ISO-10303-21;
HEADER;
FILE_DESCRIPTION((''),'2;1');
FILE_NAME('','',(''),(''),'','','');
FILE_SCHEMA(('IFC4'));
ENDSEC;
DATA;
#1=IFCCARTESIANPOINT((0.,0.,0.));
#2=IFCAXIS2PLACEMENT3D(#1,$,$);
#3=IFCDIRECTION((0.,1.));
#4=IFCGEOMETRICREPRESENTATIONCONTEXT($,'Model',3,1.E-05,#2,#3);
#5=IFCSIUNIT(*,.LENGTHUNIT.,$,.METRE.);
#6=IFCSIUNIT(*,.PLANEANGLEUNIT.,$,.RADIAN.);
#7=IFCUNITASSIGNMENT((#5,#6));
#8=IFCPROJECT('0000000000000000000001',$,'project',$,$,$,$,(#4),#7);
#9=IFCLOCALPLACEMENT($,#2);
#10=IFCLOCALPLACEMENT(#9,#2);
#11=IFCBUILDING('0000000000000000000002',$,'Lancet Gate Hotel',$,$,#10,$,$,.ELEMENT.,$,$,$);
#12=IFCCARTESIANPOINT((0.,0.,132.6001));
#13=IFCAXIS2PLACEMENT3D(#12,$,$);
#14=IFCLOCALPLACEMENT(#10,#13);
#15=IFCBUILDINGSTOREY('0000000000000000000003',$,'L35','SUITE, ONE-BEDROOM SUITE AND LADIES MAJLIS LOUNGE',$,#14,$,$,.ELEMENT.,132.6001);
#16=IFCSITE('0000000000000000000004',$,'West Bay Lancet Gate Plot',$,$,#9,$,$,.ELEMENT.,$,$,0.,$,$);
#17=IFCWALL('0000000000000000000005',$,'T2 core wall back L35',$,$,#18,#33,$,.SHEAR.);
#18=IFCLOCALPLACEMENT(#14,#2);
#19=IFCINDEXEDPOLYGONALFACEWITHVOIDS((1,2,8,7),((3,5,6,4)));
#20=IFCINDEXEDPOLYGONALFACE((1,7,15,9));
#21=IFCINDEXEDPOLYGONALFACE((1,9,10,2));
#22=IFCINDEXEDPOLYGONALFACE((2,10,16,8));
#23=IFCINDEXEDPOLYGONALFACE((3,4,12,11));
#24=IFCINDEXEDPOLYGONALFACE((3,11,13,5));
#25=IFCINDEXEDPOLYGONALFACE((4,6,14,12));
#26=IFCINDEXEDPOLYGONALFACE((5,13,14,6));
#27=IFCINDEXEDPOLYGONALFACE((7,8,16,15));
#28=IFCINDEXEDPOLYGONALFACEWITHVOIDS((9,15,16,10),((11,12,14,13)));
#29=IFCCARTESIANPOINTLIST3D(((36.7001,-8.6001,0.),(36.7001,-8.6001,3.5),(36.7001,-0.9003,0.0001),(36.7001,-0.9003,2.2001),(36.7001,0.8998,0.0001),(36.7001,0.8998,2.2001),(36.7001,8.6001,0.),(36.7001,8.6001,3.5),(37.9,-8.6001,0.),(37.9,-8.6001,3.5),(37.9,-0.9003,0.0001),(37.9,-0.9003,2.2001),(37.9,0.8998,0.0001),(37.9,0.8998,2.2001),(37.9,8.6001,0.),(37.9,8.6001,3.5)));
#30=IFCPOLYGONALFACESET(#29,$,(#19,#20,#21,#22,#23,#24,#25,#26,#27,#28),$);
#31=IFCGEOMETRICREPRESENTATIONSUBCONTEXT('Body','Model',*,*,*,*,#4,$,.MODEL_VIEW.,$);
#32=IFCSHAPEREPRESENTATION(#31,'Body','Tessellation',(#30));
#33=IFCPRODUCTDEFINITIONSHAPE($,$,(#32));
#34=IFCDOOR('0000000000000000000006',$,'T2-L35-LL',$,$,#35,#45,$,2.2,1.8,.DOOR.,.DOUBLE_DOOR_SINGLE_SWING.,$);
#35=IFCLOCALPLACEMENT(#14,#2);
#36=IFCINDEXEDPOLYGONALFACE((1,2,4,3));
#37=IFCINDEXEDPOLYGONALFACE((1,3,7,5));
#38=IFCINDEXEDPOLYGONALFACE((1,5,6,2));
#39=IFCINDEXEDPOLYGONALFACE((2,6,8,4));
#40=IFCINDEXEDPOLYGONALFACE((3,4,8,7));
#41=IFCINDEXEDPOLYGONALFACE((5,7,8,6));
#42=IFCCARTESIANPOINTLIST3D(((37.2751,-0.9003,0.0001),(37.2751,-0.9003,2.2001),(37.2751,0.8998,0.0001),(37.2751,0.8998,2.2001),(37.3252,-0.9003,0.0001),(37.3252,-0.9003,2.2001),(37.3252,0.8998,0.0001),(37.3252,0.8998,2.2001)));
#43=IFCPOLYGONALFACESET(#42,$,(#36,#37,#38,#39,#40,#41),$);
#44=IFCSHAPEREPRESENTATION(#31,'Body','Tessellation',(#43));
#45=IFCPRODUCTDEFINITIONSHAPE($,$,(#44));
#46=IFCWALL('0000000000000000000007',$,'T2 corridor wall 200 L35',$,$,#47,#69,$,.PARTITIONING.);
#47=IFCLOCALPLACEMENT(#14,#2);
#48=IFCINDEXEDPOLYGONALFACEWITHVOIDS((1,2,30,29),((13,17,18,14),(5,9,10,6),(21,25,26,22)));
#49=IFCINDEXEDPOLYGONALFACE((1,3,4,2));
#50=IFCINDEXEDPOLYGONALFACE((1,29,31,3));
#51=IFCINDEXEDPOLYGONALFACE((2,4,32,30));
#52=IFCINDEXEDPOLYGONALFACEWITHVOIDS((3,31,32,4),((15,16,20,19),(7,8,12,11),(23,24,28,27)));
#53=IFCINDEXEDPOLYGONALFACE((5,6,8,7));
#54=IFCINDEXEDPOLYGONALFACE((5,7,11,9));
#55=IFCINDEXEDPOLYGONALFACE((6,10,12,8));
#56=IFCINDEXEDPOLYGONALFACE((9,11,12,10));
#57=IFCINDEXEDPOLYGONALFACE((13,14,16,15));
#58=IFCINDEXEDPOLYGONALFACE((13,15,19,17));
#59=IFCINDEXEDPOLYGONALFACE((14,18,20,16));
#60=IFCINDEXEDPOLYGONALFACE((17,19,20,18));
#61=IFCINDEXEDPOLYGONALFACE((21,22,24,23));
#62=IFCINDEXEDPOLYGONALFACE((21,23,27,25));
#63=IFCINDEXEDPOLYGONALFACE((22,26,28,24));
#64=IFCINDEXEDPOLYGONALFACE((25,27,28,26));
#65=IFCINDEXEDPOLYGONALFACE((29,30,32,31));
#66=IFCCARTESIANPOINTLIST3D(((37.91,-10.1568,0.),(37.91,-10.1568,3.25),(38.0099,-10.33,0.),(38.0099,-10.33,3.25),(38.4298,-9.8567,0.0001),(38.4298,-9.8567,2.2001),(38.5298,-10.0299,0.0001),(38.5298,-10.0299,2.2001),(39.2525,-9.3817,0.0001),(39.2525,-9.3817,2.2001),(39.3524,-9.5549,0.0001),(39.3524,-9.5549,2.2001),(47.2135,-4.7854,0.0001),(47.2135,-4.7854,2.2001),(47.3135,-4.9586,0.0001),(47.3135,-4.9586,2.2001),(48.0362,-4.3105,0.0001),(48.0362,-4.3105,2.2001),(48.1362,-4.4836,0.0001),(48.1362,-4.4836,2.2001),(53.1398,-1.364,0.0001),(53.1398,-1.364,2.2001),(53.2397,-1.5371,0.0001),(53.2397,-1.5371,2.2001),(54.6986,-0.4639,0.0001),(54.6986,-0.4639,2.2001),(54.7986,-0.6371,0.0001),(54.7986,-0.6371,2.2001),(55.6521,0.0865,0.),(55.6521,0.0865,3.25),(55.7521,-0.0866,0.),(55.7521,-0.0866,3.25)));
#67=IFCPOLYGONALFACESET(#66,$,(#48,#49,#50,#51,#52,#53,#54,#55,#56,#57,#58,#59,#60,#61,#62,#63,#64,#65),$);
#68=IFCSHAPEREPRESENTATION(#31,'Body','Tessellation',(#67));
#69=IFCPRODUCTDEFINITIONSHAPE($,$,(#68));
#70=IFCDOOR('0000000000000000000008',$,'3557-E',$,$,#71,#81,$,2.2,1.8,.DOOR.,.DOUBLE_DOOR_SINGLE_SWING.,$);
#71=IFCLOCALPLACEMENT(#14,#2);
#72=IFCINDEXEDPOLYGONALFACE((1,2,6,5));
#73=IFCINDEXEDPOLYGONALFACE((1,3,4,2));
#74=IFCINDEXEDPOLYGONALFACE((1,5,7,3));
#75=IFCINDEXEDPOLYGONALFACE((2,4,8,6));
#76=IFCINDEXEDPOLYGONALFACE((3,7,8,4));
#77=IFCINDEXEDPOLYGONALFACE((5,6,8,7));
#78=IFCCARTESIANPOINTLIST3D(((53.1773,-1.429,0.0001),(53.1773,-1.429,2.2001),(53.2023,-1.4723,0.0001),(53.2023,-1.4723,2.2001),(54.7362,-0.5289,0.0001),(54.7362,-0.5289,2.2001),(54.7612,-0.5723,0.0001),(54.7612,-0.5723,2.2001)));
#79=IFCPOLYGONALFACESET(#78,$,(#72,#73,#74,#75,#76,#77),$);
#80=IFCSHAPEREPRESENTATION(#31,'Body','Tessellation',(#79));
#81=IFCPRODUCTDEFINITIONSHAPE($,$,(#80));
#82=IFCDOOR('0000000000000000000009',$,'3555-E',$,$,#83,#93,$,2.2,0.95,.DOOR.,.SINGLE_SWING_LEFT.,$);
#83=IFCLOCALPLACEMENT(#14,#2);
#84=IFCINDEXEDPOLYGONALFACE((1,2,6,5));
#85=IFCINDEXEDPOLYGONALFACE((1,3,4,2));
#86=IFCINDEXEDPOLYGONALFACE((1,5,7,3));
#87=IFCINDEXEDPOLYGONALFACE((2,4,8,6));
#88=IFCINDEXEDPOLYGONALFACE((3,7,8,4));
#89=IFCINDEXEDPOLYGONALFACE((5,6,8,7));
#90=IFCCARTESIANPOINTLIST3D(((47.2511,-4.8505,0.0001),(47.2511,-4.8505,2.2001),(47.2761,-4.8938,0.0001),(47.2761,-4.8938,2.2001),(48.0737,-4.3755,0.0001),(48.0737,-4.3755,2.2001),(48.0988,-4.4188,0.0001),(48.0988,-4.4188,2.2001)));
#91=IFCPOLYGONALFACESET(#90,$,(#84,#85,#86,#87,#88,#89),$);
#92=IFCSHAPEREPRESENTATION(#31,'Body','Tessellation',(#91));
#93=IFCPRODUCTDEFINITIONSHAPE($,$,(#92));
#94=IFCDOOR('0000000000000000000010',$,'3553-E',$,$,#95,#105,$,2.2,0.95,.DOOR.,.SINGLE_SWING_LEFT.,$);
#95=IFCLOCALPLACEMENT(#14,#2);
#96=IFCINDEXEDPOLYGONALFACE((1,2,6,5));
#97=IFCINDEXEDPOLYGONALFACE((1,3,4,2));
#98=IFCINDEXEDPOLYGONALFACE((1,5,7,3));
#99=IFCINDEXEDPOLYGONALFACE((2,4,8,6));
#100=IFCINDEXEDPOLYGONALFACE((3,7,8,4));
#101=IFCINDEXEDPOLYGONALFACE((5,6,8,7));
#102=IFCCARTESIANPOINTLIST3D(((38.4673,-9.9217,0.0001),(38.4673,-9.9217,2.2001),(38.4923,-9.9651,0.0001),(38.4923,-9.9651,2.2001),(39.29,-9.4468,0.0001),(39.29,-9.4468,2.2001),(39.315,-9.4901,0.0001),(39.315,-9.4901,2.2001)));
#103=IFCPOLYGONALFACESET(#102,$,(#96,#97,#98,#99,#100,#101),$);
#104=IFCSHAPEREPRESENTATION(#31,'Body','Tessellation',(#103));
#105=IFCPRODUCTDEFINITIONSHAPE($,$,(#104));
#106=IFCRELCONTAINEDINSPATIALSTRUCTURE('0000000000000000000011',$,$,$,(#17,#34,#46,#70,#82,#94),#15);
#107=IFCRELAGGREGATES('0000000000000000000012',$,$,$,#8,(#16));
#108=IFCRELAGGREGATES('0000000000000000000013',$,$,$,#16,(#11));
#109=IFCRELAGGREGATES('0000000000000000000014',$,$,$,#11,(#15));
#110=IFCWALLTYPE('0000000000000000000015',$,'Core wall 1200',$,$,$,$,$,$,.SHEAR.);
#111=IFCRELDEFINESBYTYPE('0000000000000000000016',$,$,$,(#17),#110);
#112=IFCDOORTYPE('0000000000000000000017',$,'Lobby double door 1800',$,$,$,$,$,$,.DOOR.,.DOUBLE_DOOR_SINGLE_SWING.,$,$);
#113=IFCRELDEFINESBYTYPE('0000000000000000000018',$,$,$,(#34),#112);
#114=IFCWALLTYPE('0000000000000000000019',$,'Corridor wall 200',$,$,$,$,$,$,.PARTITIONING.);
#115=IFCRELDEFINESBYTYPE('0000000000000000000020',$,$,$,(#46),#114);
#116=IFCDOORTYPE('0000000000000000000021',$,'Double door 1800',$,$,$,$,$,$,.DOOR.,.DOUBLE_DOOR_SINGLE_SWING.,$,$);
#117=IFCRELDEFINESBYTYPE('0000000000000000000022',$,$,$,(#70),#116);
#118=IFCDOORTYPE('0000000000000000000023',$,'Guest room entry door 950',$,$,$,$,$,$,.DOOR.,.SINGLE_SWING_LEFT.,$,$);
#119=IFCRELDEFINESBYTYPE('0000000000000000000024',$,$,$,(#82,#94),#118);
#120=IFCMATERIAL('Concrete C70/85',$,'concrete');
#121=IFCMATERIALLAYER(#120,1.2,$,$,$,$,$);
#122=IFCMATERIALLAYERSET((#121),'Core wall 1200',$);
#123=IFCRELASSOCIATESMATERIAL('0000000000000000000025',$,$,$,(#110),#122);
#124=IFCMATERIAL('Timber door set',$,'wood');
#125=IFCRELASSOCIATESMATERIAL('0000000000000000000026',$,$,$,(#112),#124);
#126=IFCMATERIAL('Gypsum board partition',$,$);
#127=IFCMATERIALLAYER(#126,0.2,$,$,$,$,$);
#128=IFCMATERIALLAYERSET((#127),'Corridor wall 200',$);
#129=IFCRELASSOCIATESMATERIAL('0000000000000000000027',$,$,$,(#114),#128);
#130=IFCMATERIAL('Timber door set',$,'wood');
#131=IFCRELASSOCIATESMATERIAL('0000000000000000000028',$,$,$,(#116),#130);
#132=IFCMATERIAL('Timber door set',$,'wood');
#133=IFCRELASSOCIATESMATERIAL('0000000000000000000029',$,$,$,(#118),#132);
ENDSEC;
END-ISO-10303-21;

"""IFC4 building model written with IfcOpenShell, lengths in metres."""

from ifc_helpers import new_model, si_unit, direction, frame, frame_2d, origin, place, context, subcontext, project, spatial, rectangle, extrude, material, layer, layer_set, type_object, element, fill, save


model = new_model("IFC4")

# Units and contexts
model_context = context("Model", 3, precision=1e-05, world=origin(), true_north=direction((0.0, 1.0)))
body_context = subcontext(model_context, "Body", "Model", "MODEL_VIEW")
ifc_project = project(units=[si_unit("LENGTHUNIT", "METRE"), si_unit("PLANEANGLEUNIT", "RADIAN")], contexts=[model_context])

# Site, building, storey
site_placement = place(None, origin())
site = spatial("IfcSite", under=ifc_project, at=site_placement, Name="West Bay Lancet Gate Plot", CompositionType="ELEMENT", RefElevation=0.0)
building_placement = place(site_placement, origin())
building = spatial("IfcBuilding", under=site, at=building_placement, Name="Lancet Gate Hotel", CompositionType="ELEMENT")
storey_placement = place(building_placement, frame((0.0, 0.0, 132.6001)))
storey = spatial("IfcBuildingStorey", under=building, at=storey_placement, Name="L35", Description="SUITE, ONE-BEDROOM SUITE AND LADIES MAJLIS LOUNGE", CompositionType="ELEMENT", Elevation=132.6001)

# Wall, opening, door
ifc_material_1 = material(Name="Concrete C70/85", Category="concrete")
ifc_layer_1 = layer(ifc_material_1, 1.2)
ifc_layer_set_1 = layer_set([ifc_layer_1], Name="Core wall 1200")
wall_type_1 = type_object("IfcWallType", Name="Core wall 1200", PredefinedType="SHEAR", material=ifc_layer_set_1)
wall_1_placement = place(storey_placement, frame((37.3, -8.6001, 0.0), z_axis=(0.0, 0.0, 1.0), x_axis=(0.0, 1.0, 0.0)))
wall_1 = element("IfcWall", 1, at=wall_1_placement, inside=storey, type_object=wall_type_1, Name="T2 core wall back L35", PredefinedType="SHEAR", context=body_context, shape_type="SweptSolid", body=[
    extrude(rectangle(XDim=17.2002, YDim=1.2, at=frame_2d((8.6001, 0.0))), origin(), (0.0, 0.0, 1.0), 3.5),
])
opening_1_placement = place(wall_1_placement, frame((7.7, 0.0, 0.0)))
opening_1 = element("IfcOpeningElement", 2, at=opening_1_placement, cuts=wall_1, PredefinedType="OPENING", context=body_context, shape_type="SweptSolid", body=[
    extrude(rectangle(XDim=1.8, YDim=2.2, at=frame_2d((0.8999, 1.1001))), frame((0.0, 0.6099, 0.0), z_axis=(0.0, -1.0, 0.0), x_axis=(1.0, 0.0, 0.0)), (0.0, 0.0, 1.0), 1.22),
])
ifc_material_2 = material(Name="Timber door set", Category="wood")
door_type_1 = type_object("IfcDoorType", Name="Lobby double door 1800", OperationType="DOUBLE_DOOR_SINGLE_SWING", PredefinedType="DOOR", material=ifc_material_2)
door_1_placement = place(opening_1_placement, origin())
door_1 = element("IfcDoor", 3, at=door_1_placement, inside=storey, type_object=door_type_1, Name="T2-L35-LL", OperationType="DOUBLE_DOOR_SINGLE_SWING", OverallHeight=2.2, OverallWidth=1.8, PredefinedType="DOOR", context=body_context, shape_type="SweptSolid", body=[
    extrude(rectangle(XDim=1.8, YDim=2.2, at=frame_2d((0.8999, 1.1001))), frame((0.0, 0.0249, 0.0), z_axis=(0.0, -1.0, 0.0), x_axis=(1.0, 0.0, 0.0)), (0.0, 0.0, 1.0), 0.05),
])
fill(opening_1, door_1)

# Wall, openings, doors
ifc_material_3 = material(Name="Gypsum board partition")
ifc_layer_2 = layer(ifc_material_3, 0.2)
ifc_layer_set_2 = layer_set([ifc_layer_2], Name="Corridor wall 200")
wall_type_2 = type_object("IfcWallType", Name="Corridor wall 200", PredefinedType="PARTITIONING", material=ifc_layer_set_2)
wall_2_placement = place(storey_placement, frame((37.96, -10.2434, 0.0), z_axis=(0.0, 0.0, 1.0), x_axis=(0.866026, 0.499998, 0.0)))
wall_2 = element("IfcWall", 4, at=wall_2_placement, inside=storey, type_object=wall_type_2, Name="T2 corridor wall 200 L35", PredefinedType="PARTITIONING", context=body_context, shape_type="SweptSolid", body=[
    extrude(rectangle(XDim=20.4868, YDim=0.2, at=frame_2d((10.2434, 0.0))), origin(), (0.0, 0.0, 1.0), 3.25),
])
opening_2_placement = place(wall_2_placement, frame((10.7427, 0.0, 0.0)))
opening_2 = element("IfcOpeningElement", 5, at=opening_2_placement, cuts=wall_2, PredefinedType="OPENING", context=body_context, shape_type="SweptSolid", body=[
    extrude(rectangle(XDim=0.95, YDim=2.2, at=frame_2d((0.4751, 1.1001))), frame((0.0, 0.1099, 0.0), z_axis=(0.0, -1.0, 0.0), x_axis=(1.0, 0.0, 0.0)), (0.0, 0.0, 1.0), 0.22),
])
opening_3_placement = place(wall_2_placement, frame((17.5859, 0.0, 0.0)))
opening_3 = element("IfcOpeningElement", 6, at=opening_3_placement, cuts=wall_2, PredefinedType="OPENING", context=body_context, shape_type="SweptSolid", body=[
    extrude(rectangle(XDim=1.8, YDim=2.2, at=frame_2d((0.8999, 1.1001))), frame((0.0, 0.1099, 0.0), z_axis=(0.0, -1.0, 0.0), x_axis=(1.0, 0.0, 0.0)), (0.0, 0.0, 1.0), 0.22),
])
opening_4_placement = place(wall_2_placement, frame((0.6001, 0.0, 0.0)))
opening_4 = element("IfcOpeningElement", 7, at=opening_4_placement, cuts=wall_2, PredefinedType="OPENING", context=body_context, shape_type="SweptSolid", body=[
    extrude(rectangle(XDim=0.95, YDim=2.2, at=frame_2d((0.4751, 1.1001))), frame((0.0, 0.1099, 0.0), z_axis=(0.0, -1.0, 0.0), x_axis=(1.0, 0.0, 0.0)), (0.0, 0.0, 1.0), 0.22),
])
ifc_material_4 = material(Name="Timber door set", Category="wood")
door_type_2 = type_object("IfcDoorType", Name="Double door 1800", OperationType="DOUBLE_DOOR_SINGLE_SWING", PredefinedType="DOOR", material=ifc_material_4)
door_2_placement = place(opening_3_placement, origin())
door_2 = element("IfcDoor", 8, at=door_2_placement, inside=storey, type_object=door_type_2, Name="3557-E", OperationType="DOUBLE_DOOR_SINGLE_SWING", OverallHeight=2.2, OverallWidth=1.8, PredefinedType="DOOR", context=body_context, shape_type="SweptSolid", body=[
    extrude(rectangle(XDim=1.8, YDim=2.2, at=frame_2d((0.8999, 1.1001))), frame((0.0, 0.0249, 0.0), z_axis=(0.0, -1.0, 0.0), x_axis=(1.0, 0.0, 0.0)), (0.0, 0.0, 1.0), 0.05),
])
fill(opening_3, door_2)
ifc_material_5 = material(Name="Timber door set", Category="wood")
door_type_3 = type_object("IfcDoorType", Name="Guest room entry door 950", OperationType="SINGLE_SWING_LEFT", PredefinedType="DOOR", material=ifc_material_5)
door_3_placement = place(opening_2_placement, origin())
door_3 = element("IfcDoor", 9, at=door_3_placement, inside=storey, type_object=door_type_3, Name="3555-E", OperationType="SINGLE_SWING_LEFT", OverallHeight=2.2, OverallWidth=0.95, PredefinedType="DOOR", context=body_context, shape_type="SweptSolid", body=[
    extrude(rectangle(XDim=0.95, YDim=2.2, at=frame_2d((0.4751, 1.1001))), frame((0.0, 0.0249, 0.0), z_axis=(0.0, -1.0, 0.0), x_axis=(1.0, 0.0, 0.0)), (0.0, 0.0, 1.0), 0.05),
])
fill(opening_2, door_3)
door_4_placement = place(opening_4_placement, origin())
door_4 = element("IfcDoor", 10, at=door_4_placement, inside=storey, type_object=door_type_3, Name="3553-E", OperationType="SINGLE_SWING_LEFT", OverallHeight=2.2, OverallWidth=0.95, PredefinedType="DOOR", context=body_context, shape_type="SweptSolid", body=[
    extrude(rectangle(XDim=0.95, YDim=2.2, at=frame_2d((0.4751, 1.1001))), frame((0.0, 0.0249, 0.0), z_axis=(0.0, -1.0, 0.0), x_axis=(1.0, 0.0, 0.0)), (0.0, 0.0, 1.0), 0.05),
])
fill(opening_4, door_4)

save(model, "model.ifc")
